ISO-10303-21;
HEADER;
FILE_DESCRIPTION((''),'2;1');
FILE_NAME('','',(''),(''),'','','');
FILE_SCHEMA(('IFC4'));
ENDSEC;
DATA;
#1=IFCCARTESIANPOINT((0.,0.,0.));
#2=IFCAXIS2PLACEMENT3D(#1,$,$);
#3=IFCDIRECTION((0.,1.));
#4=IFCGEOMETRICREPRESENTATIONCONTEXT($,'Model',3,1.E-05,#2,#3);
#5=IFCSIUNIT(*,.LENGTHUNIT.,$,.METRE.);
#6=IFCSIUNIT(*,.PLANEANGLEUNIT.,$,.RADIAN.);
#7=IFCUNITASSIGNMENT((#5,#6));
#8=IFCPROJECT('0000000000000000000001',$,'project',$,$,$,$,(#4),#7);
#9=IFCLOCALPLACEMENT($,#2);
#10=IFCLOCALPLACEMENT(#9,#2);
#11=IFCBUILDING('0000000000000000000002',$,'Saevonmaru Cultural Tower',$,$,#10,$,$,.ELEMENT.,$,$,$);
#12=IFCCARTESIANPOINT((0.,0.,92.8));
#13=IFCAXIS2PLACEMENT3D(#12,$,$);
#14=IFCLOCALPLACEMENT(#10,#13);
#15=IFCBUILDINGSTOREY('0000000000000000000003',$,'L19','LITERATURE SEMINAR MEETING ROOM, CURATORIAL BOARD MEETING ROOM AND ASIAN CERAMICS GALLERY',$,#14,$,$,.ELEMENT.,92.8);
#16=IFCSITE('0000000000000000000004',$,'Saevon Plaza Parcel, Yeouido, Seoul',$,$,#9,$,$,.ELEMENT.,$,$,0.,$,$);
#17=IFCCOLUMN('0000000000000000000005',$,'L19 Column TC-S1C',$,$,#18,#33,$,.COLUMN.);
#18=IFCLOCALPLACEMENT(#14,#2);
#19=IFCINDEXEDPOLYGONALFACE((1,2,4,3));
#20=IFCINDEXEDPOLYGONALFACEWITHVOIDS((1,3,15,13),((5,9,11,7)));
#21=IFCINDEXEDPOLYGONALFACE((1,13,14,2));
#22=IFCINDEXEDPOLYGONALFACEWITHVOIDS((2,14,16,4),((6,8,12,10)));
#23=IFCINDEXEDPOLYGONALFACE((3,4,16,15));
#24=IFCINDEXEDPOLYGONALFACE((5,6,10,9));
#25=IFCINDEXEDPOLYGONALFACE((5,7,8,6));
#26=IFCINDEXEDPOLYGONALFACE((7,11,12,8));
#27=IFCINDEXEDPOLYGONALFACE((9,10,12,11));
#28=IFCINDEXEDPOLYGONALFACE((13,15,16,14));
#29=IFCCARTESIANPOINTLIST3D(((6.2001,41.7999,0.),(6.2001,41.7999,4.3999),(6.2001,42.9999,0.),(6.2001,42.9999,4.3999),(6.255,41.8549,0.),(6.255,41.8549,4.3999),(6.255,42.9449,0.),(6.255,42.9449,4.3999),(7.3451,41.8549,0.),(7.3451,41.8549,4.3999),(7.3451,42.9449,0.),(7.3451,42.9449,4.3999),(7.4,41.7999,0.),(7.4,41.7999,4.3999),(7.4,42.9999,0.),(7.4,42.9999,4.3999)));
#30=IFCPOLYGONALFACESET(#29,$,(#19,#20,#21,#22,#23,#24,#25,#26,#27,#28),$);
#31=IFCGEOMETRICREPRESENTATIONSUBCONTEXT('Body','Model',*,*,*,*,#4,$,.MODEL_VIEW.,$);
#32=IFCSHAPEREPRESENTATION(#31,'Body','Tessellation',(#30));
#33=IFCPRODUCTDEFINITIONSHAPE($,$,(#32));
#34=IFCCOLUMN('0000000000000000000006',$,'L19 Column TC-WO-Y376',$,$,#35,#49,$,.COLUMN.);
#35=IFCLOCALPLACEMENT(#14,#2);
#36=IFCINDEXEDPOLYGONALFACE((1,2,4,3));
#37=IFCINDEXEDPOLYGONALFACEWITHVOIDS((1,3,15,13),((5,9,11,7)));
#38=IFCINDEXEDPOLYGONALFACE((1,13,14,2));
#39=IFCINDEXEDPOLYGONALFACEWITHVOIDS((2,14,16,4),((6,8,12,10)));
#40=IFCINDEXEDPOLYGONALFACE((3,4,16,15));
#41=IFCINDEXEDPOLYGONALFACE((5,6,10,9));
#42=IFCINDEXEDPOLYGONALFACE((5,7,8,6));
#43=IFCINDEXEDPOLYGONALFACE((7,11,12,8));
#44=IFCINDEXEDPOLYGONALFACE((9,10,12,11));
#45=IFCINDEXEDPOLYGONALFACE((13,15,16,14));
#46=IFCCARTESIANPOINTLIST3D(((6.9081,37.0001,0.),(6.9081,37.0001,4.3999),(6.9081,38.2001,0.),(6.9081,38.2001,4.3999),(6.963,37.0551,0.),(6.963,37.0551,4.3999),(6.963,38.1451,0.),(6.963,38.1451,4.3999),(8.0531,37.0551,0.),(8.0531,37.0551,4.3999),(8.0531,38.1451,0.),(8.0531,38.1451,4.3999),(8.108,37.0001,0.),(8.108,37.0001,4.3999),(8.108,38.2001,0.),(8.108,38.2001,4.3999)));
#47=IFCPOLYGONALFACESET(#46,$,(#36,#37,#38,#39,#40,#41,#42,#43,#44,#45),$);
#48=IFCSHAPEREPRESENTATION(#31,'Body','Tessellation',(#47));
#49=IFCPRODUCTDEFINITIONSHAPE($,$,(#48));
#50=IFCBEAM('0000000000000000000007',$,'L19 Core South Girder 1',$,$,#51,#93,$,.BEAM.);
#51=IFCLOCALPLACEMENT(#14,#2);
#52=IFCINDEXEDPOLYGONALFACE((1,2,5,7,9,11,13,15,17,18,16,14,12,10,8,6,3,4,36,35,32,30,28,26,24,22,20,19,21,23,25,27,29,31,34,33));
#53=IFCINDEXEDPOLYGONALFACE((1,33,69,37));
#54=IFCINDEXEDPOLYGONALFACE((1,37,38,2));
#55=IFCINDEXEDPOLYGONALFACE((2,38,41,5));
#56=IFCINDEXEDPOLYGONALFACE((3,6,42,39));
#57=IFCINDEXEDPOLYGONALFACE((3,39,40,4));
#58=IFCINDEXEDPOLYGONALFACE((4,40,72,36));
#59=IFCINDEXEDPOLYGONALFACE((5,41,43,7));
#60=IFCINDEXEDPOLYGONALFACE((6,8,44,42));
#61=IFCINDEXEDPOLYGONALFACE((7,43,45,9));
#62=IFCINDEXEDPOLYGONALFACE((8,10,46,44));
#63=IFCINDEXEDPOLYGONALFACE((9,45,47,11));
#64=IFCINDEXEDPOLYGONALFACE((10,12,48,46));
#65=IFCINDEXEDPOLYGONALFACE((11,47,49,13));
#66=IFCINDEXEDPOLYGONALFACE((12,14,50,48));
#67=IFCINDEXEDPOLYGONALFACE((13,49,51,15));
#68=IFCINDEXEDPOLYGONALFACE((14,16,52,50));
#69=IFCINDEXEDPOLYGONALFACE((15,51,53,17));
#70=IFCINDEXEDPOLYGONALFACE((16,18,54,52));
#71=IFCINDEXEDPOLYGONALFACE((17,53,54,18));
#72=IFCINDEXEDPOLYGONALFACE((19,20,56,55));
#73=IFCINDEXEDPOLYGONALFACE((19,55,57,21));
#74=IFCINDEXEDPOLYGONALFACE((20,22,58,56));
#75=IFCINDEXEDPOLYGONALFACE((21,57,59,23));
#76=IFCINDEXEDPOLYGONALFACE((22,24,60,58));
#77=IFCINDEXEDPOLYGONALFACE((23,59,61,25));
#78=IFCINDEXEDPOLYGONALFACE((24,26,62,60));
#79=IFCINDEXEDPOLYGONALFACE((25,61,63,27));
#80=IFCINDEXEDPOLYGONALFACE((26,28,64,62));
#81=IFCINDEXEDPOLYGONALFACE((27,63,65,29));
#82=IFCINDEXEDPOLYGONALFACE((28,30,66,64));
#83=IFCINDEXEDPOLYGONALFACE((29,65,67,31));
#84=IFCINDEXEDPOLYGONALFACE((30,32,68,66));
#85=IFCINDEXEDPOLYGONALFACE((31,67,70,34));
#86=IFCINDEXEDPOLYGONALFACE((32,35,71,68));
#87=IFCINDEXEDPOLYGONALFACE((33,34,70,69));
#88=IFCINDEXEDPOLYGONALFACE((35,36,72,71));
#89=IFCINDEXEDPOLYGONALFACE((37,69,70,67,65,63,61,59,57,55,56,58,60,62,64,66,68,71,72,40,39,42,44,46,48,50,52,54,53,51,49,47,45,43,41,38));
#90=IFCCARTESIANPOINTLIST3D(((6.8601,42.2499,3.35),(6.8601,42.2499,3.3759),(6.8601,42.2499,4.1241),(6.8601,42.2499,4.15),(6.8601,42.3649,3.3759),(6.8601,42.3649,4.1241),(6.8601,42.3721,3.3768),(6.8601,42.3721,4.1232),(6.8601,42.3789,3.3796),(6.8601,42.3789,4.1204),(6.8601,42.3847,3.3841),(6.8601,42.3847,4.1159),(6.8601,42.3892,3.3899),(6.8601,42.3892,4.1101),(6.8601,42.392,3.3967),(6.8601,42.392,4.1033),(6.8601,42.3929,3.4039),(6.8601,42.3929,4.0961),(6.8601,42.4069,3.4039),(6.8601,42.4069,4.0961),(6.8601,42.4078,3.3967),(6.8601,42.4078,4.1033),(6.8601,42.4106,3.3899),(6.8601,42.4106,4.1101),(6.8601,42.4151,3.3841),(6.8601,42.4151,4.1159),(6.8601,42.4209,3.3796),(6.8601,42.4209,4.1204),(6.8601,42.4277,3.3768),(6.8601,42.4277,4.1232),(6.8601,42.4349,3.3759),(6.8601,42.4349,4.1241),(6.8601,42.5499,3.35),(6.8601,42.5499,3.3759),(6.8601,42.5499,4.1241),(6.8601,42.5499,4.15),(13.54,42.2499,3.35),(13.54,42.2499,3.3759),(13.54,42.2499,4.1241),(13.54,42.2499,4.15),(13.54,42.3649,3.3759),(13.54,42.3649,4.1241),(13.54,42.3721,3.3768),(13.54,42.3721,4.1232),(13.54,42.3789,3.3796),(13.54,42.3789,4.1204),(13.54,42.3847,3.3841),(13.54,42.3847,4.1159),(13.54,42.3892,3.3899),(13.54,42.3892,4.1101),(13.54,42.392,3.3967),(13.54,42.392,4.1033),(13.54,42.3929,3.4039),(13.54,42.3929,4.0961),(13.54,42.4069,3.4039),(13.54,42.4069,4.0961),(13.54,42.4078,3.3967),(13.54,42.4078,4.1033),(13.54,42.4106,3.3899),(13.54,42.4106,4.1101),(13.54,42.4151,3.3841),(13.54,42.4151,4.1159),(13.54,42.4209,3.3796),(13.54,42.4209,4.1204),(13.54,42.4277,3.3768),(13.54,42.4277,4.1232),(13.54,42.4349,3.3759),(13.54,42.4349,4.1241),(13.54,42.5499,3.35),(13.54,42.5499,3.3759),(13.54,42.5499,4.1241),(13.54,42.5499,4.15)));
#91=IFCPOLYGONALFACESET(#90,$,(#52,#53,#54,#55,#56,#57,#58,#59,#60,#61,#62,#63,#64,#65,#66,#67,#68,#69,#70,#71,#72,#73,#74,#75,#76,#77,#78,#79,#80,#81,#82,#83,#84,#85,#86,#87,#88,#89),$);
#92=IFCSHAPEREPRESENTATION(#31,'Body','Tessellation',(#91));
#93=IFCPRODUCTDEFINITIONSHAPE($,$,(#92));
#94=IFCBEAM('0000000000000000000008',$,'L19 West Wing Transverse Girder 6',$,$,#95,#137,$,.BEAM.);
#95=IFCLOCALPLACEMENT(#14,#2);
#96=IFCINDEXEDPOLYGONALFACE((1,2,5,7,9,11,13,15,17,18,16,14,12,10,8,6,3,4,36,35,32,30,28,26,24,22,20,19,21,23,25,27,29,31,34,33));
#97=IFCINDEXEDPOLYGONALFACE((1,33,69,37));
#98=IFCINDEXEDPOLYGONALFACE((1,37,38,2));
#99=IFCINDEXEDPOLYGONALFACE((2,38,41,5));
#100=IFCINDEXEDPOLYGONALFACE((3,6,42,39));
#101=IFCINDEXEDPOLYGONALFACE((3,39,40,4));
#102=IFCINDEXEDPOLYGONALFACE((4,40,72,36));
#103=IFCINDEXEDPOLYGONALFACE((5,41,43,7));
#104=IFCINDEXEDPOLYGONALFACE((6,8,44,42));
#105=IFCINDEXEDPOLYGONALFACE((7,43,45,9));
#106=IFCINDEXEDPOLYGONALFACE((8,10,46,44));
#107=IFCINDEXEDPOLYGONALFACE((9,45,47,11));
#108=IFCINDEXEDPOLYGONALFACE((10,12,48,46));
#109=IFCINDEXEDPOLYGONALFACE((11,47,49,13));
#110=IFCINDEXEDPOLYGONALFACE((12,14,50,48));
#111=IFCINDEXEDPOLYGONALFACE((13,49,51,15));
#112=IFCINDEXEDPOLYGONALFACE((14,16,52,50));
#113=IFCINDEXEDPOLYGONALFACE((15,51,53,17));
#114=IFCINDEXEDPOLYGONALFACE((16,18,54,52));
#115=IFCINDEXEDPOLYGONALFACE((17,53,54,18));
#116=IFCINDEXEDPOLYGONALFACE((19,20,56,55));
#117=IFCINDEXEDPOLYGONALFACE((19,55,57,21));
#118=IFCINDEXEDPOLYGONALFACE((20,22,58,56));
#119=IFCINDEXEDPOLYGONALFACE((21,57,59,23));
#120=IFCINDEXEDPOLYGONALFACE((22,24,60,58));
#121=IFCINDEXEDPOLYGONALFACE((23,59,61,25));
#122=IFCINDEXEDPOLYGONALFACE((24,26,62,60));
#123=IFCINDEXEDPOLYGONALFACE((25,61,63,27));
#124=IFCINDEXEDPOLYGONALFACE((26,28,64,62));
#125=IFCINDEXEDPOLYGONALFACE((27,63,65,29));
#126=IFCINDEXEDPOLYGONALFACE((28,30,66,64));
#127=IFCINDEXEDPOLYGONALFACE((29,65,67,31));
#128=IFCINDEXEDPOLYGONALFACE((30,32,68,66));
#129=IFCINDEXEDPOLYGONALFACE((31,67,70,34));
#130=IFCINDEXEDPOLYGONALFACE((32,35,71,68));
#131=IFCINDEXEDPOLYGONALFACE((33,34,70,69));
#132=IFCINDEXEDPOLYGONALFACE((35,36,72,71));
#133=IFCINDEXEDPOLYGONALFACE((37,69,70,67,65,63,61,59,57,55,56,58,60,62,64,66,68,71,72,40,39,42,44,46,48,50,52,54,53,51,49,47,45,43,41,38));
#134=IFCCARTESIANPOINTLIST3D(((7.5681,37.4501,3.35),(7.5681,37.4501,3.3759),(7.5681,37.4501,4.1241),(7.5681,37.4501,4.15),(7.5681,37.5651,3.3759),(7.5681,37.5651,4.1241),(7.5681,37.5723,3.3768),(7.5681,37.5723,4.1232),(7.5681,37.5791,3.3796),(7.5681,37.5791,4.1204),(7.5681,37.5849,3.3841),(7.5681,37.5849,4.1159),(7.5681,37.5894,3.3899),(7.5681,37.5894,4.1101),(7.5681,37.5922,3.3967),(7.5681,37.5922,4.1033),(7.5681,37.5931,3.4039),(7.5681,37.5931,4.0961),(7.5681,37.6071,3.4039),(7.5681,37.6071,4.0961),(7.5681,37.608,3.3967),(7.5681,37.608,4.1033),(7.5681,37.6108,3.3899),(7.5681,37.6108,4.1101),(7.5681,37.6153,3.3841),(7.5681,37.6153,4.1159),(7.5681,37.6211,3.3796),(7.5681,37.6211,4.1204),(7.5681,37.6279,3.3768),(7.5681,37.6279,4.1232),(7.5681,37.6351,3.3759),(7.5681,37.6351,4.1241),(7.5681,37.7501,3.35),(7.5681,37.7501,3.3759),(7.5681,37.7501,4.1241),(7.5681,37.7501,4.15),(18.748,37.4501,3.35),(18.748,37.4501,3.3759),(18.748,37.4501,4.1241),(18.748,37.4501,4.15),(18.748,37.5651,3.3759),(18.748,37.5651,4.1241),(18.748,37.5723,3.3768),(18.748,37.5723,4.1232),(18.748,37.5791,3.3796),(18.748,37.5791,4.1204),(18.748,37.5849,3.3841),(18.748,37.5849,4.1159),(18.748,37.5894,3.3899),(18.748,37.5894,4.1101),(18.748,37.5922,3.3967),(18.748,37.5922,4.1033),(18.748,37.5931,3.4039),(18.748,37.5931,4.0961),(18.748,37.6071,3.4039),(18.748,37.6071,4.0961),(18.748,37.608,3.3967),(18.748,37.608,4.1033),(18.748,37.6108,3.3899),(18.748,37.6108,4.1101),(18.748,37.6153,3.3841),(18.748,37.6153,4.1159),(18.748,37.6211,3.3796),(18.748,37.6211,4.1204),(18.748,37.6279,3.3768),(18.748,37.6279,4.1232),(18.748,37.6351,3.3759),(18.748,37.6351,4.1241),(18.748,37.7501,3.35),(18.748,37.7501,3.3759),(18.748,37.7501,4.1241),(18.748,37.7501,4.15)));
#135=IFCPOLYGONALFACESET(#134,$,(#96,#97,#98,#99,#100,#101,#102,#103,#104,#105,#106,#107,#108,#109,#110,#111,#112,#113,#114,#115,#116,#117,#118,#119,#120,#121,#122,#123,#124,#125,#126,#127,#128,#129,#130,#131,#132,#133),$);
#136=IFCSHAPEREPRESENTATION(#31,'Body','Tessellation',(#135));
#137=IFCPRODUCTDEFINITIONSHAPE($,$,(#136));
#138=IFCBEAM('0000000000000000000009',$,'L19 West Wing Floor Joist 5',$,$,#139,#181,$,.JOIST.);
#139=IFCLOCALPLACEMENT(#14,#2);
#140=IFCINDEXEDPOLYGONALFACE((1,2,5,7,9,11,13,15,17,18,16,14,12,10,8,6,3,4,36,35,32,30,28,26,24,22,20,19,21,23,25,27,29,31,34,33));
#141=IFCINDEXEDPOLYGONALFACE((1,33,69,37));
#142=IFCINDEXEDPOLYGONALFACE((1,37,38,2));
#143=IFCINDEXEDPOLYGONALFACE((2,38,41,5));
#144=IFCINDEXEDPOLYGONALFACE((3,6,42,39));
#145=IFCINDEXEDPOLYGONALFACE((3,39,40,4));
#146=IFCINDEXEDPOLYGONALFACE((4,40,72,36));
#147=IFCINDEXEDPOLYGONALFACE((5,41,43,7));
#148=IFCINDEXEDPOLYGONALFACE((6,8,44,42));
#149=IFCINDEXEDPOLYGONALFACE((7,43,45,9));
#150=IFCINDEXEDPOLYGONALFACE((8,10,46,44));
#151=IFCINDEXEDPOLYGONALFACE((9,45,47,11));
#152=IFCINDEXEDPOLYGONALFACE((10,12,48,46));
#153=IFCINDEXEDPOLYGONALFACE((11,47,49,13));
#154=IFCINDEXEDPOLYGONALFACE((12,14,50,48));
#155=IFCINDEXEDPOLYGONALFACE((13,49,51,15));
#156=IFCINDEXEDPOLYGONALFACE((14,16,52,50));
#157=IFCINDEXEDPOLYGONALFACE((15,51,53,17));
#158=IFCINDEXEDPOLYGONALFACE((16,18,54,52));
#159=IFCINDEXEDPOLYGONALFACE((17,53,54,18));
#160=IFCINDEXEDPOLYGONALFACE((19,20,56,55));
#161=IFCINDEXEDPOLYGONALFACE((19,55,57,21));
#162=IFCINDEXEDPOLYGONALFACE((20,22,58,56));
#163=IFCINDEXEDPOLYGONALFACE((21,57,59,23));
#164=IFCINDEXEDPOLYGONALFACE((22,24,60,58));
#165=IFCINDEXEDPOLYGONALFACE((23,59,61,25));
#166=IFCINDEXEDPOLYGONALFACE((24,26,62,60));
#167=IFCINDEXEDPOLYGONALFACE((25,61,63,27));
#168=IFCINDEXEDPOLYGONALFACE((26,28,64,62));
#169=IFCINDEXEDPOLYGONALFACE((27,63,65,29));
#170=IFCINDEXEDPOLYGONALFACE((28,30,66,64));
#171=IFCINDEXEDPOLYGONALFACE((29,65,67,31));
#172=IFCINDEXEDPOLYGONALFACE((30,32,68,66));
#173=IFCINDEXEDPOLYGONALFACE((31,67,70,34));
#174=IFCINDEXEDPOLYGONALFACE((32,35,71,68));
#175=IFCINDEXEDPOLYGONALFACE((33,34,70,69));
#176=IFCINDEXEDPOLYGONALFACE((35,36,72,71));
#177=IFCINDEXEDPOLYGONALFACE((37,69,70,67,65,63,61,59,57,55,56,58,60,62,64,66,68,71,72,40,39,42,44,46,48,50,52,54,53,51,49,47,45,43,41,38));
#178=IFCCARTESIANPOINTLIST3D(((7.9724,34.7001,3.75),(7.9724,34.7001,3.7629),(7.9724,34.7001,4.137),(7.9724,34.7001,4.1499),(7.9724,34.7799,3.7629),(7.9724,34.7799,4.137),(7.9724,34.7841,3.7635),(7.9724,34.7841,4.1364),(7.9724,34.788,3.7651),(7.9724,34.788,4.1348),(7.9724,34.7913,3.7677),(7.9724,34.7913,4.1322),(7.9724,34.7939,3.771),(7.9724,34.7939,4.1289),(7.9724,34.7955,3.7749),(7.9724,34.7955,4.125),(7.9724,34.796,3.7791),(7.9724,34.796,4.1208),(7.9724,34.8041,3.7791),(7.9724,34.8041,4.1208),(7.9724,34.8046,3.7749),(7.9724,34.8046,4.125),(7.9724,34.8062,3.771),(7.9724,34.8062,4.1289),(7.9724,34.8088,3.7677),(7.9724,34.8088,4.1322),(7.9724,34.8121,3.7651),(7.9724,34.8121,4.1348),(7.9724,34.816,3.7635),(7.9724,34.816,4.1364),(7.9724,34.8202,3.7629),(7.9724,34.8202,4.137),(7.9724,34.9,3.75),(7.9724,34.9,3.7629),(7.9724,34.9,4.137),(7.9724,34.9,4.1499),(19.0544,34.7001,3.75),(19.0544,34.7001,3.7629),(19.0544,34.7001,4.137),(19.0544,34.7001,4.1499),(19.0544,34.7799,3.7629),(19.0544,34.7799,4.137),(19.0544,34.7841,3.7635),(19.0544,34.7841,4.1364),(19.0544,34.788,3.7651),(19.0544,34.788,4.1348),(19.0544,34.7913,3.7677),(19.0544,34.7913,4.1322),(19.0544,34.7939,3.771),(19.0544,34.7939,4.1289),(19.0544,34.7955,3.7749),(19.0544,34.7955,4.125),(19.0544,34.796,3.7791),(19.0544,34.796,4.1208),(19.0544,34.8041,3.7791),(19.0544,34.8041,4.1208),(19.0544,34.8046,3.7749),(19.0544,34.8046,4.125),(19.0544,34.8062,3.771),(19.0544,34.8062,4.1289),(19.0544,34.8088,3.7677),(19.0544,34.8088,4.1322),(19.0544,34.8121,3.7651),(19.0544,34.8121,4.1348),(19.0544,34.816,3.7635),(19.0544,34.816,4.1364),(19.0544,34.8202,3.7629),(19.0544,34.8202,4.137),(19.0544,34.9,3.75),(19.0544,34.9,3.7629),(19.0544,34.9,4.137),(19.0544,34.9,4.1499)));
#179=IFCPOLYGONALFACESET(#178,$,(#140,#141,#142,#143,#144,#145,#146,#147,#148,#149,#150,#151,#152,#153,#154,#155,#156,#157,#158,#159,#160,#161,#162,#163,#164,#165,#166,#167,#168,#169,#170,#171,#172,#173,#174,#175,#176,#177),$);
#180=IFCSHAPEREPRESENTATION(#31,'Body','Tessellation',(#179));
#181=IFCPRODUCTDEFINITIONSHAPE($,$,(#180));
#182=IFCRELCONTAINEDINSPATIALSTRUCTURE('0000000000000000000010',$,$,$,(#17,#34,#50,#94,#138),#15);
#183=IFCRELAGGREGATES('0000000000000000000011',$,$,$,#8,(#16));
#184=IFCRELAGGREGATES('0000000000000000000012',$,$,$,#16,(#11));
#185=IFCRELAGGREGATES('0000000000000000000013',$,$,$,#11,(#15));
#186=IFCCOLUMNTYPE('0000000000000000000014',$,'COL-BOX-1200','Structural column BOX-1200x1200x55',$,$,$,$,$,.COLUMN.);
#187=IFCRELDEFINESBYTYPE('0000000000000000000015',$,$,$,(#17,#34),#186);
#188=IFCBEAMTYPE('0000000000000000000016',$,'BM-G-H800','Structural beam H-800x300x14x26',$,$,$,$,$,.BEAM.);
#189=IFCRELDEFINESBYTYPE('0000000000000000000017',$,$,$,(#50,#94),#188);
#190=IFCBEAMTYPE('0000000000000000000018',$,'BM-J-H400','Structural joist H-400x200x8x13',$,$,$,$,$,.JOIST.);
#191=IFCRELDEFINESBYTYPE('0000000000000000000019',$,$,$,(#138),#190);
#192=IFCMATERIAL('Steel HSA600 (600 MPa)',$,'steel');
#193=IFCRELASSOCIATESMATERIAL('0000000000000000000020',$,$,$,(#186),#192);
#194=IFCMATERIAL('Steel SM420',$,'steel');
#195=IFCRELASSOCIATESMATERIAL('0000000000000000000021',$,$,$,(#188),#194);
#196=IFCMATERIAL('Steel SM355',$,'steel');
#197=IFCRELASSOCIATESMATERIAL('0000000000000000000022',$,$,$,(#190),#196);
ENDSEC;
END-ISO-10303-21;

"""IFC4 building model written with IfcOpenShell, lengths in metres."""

from ifc_helpers import new_model, si_unit, direction, frame, origin, origin_2d, place, context, subcontext, project, spatial, hollow_rectangle, i_section, extrude, material, material_profile, profile_set, type_object, element, save


model = new_model("IFC4")

# Units and contexts
model_context = context("Model", 3, precision=1e-05, world=origin(), true_north=direction((0.0, 1.0)))
body_context = subcontext(model_context, "Body", "Model", "MODEL_VIEW")
ifc_project = project(units=[si_unit("LENGTHUNIT", "METRE"), si_unit("PLANEANGLEUNIT", "RADIAN")], contexts=[model_context])

# Site, building, storey
site_placement = place(None, origin())
site = spatial("IfcSite", under=ifc_project, at=site_placement, Name="Saevon Plaza Parcel, Yeouido, Seoul", CompositionType="ELEMENT", RefElevation=0.0)
building_placement = place(site_placement, origin())
building = spatial("IfcBuilding", under=site, at=building_placement, Name="Saevonmaru Cultural Tower", CompositionType="ELEMENT")
storey_placement = place(building_placement, frame((0.0, 0.0, 92.8)))
storey = spatial("IfcBuildingStorey", under=building, at=storey_placement, Name="L19", Description="LITERATURE SEMINAR MEETING ROOM, CURATORIAL BOARD MEETING ROOM AND ASIAN CERAMICS GALLERY", CompositionType="ELEMENT", Elevation=92.8)

# Columns
ifc_material_1 = material(Name="Steel HSA600 (600 MPa)", Category="steel")
ifc_material_profile_1 = material_profile(ifc_material_1, hollow_rectangle(XDim=1.2, YDim=1.2, WallThickness=0.0549, at=origin_2d()), Name="BOX-1200x1200x55")
ifc_profile_set_1 = profile_set([ifc_material_profile_1], Name="Steel HSA600 (600 MPa)")
column_type = type_object("IfcColumnType", Name="COL-BOX-1200", Description="Structural column BOX-1200x1200x55", PredefinedType="COLUMN", material=ifc_profile_set_1)
for number, where, z_axis, x_axis, name in (
    (1, (6.8, 42.3999, 0.0), (0.0, 0.0, 1.0), (1.0, 0.0, 0.0), "L19 Column TC-S1C"),
    (2, (7.5081, 37.6001, 0.0), (0.0, 0.0, 1.0), (1.0, 0.0, 0.0), "L19 Column TC-WO-Y376"),
):
    element("IfcColumn", number, at=place(storey_placement, frame(where, z_axis=z_axis, x_axis=x_axis)), inside=storey, type_object=column_type, Name=name, PredefinedType="COLUMN", context=body_context, shape_type="SweptSolid", body=[
        extrude(hollow_rectangle(XDim=1.2, YDim=1.2, WallThickness=0.0549, at=origin_2d()), origin(), (0.0, 0.0, 1.0), 4.3999),
    ])

# Beams
ifc_material_2 = material(Name="Steel SM420", Category="steel")
ifc_material_profile_2 = material_profile(ifc_material_2, i_section(OverallWidth=0.3, OverallDepth=0.8, WebThickness=0.0139, FlangeThickness=0.0259, FilletRadius=0.0281, at=origin_2d()), Name="H-800x300x14x26")
ifc_profile_set_2 = profile_set([ifc_material_profile_2], Name="Steel SM420")
beam_type_1 = type_object("IfcBeamType", Name="BM-G-H800", Description="Structural beam H-800x300x14x26", PredefinedType="BEAM", material=ifc_profile_set_2)
beam_1_placement = place(storey_placement, frame((6.8601, 42.3999, 3.75), z_axis=(1.0, 0.0, 0.0), x_axis=(0.0, 1.0, 0.0)))
element("IfcBeam", 3, at=beam_1_placement, inside=storey, type_object=beam_type_1, Name="L19 Core South Girder 1", PredefinedType="BEAM", context=body_context, shape_type="SweptSolid", body=[
    extrude(i_section(OverallWidth=0.3, OverallDepth=0.8, WebThickness=0.0139, FlangeThickness=0.0259, FilletRadius=0.0281, at=origin_2d()), origin(), (0.0, 0.0, 1.0), 6.6799),
])
beam_2_placement = place(storey_placement, frame((7.5681, 37.6001, 3.75), z_axis=(1.0, 0.0, 0.0), x_axis=(0.0, 1.0, 0.0)))
element("IfcBeam", 4, at=beam_2_placement, inside=storey, type_object=beam_type_1, Name="L19 West Wing Transverse Girder 6", PredefinedType="BEAM", context=body_context, shape_type="SweptSolid", body=[
    extrude(i_section(OverallWidth=0.3, OverallDepth=0.8, WebThickness=0.0139, FlangeThickness=0.0259, FilletRadius=0.0281, at=origin_2d()), origin(), (0.0, 0.0, 1.0), 11.1799),
])
ifc_material_3 = material(Name="Steel SM355", Category="steel")
ifc_material_profile_3 = material_profile(ifc_material_3, i_section(OverallWidth=0.2, OverallDepth=0.3999, WebThickness=0.0081, FlangeThickness=0.0129, FilletRadius=0.0161, at=origin_2d()), Name="H-400x200x8x13")
ifc_profile_set_3 = profile_set([ifc_material_profile_3], Name="Steel SM355")
beam_type_2 = type_object("IfcBeamType", Name="BM-J-H400", Description="Structural joist H-400x200x8x13", PredefinedType="JOIST", material=ifc_profile_set_3)
beam_3_placement = place(storey_placement, frame((7.9724, 34.8, 3.95), z_axis=(1.0, 0.0, 0.0), x_axis=(0.0, 1.0, 0.0)))
element("IfcBeam", 5, at=beam_3_placement, inside=storey, type_object=beam_type_2, Name="L19 West Wing Floor Joist 5", PredefinedType="JOIST", context=body_context, shape_type="SweptSolid", body=[
    extrude(i_section(OverallWidth=0.2, OverallDepth=0.3999, WebThickness=0.0081, FlangeThickness=0.0129, FilletRadius=0.0161, at=origin_2d()), origin(), (0.0, 0.0, 1.0), 11.082),
])

save(model, "model.ifc")
